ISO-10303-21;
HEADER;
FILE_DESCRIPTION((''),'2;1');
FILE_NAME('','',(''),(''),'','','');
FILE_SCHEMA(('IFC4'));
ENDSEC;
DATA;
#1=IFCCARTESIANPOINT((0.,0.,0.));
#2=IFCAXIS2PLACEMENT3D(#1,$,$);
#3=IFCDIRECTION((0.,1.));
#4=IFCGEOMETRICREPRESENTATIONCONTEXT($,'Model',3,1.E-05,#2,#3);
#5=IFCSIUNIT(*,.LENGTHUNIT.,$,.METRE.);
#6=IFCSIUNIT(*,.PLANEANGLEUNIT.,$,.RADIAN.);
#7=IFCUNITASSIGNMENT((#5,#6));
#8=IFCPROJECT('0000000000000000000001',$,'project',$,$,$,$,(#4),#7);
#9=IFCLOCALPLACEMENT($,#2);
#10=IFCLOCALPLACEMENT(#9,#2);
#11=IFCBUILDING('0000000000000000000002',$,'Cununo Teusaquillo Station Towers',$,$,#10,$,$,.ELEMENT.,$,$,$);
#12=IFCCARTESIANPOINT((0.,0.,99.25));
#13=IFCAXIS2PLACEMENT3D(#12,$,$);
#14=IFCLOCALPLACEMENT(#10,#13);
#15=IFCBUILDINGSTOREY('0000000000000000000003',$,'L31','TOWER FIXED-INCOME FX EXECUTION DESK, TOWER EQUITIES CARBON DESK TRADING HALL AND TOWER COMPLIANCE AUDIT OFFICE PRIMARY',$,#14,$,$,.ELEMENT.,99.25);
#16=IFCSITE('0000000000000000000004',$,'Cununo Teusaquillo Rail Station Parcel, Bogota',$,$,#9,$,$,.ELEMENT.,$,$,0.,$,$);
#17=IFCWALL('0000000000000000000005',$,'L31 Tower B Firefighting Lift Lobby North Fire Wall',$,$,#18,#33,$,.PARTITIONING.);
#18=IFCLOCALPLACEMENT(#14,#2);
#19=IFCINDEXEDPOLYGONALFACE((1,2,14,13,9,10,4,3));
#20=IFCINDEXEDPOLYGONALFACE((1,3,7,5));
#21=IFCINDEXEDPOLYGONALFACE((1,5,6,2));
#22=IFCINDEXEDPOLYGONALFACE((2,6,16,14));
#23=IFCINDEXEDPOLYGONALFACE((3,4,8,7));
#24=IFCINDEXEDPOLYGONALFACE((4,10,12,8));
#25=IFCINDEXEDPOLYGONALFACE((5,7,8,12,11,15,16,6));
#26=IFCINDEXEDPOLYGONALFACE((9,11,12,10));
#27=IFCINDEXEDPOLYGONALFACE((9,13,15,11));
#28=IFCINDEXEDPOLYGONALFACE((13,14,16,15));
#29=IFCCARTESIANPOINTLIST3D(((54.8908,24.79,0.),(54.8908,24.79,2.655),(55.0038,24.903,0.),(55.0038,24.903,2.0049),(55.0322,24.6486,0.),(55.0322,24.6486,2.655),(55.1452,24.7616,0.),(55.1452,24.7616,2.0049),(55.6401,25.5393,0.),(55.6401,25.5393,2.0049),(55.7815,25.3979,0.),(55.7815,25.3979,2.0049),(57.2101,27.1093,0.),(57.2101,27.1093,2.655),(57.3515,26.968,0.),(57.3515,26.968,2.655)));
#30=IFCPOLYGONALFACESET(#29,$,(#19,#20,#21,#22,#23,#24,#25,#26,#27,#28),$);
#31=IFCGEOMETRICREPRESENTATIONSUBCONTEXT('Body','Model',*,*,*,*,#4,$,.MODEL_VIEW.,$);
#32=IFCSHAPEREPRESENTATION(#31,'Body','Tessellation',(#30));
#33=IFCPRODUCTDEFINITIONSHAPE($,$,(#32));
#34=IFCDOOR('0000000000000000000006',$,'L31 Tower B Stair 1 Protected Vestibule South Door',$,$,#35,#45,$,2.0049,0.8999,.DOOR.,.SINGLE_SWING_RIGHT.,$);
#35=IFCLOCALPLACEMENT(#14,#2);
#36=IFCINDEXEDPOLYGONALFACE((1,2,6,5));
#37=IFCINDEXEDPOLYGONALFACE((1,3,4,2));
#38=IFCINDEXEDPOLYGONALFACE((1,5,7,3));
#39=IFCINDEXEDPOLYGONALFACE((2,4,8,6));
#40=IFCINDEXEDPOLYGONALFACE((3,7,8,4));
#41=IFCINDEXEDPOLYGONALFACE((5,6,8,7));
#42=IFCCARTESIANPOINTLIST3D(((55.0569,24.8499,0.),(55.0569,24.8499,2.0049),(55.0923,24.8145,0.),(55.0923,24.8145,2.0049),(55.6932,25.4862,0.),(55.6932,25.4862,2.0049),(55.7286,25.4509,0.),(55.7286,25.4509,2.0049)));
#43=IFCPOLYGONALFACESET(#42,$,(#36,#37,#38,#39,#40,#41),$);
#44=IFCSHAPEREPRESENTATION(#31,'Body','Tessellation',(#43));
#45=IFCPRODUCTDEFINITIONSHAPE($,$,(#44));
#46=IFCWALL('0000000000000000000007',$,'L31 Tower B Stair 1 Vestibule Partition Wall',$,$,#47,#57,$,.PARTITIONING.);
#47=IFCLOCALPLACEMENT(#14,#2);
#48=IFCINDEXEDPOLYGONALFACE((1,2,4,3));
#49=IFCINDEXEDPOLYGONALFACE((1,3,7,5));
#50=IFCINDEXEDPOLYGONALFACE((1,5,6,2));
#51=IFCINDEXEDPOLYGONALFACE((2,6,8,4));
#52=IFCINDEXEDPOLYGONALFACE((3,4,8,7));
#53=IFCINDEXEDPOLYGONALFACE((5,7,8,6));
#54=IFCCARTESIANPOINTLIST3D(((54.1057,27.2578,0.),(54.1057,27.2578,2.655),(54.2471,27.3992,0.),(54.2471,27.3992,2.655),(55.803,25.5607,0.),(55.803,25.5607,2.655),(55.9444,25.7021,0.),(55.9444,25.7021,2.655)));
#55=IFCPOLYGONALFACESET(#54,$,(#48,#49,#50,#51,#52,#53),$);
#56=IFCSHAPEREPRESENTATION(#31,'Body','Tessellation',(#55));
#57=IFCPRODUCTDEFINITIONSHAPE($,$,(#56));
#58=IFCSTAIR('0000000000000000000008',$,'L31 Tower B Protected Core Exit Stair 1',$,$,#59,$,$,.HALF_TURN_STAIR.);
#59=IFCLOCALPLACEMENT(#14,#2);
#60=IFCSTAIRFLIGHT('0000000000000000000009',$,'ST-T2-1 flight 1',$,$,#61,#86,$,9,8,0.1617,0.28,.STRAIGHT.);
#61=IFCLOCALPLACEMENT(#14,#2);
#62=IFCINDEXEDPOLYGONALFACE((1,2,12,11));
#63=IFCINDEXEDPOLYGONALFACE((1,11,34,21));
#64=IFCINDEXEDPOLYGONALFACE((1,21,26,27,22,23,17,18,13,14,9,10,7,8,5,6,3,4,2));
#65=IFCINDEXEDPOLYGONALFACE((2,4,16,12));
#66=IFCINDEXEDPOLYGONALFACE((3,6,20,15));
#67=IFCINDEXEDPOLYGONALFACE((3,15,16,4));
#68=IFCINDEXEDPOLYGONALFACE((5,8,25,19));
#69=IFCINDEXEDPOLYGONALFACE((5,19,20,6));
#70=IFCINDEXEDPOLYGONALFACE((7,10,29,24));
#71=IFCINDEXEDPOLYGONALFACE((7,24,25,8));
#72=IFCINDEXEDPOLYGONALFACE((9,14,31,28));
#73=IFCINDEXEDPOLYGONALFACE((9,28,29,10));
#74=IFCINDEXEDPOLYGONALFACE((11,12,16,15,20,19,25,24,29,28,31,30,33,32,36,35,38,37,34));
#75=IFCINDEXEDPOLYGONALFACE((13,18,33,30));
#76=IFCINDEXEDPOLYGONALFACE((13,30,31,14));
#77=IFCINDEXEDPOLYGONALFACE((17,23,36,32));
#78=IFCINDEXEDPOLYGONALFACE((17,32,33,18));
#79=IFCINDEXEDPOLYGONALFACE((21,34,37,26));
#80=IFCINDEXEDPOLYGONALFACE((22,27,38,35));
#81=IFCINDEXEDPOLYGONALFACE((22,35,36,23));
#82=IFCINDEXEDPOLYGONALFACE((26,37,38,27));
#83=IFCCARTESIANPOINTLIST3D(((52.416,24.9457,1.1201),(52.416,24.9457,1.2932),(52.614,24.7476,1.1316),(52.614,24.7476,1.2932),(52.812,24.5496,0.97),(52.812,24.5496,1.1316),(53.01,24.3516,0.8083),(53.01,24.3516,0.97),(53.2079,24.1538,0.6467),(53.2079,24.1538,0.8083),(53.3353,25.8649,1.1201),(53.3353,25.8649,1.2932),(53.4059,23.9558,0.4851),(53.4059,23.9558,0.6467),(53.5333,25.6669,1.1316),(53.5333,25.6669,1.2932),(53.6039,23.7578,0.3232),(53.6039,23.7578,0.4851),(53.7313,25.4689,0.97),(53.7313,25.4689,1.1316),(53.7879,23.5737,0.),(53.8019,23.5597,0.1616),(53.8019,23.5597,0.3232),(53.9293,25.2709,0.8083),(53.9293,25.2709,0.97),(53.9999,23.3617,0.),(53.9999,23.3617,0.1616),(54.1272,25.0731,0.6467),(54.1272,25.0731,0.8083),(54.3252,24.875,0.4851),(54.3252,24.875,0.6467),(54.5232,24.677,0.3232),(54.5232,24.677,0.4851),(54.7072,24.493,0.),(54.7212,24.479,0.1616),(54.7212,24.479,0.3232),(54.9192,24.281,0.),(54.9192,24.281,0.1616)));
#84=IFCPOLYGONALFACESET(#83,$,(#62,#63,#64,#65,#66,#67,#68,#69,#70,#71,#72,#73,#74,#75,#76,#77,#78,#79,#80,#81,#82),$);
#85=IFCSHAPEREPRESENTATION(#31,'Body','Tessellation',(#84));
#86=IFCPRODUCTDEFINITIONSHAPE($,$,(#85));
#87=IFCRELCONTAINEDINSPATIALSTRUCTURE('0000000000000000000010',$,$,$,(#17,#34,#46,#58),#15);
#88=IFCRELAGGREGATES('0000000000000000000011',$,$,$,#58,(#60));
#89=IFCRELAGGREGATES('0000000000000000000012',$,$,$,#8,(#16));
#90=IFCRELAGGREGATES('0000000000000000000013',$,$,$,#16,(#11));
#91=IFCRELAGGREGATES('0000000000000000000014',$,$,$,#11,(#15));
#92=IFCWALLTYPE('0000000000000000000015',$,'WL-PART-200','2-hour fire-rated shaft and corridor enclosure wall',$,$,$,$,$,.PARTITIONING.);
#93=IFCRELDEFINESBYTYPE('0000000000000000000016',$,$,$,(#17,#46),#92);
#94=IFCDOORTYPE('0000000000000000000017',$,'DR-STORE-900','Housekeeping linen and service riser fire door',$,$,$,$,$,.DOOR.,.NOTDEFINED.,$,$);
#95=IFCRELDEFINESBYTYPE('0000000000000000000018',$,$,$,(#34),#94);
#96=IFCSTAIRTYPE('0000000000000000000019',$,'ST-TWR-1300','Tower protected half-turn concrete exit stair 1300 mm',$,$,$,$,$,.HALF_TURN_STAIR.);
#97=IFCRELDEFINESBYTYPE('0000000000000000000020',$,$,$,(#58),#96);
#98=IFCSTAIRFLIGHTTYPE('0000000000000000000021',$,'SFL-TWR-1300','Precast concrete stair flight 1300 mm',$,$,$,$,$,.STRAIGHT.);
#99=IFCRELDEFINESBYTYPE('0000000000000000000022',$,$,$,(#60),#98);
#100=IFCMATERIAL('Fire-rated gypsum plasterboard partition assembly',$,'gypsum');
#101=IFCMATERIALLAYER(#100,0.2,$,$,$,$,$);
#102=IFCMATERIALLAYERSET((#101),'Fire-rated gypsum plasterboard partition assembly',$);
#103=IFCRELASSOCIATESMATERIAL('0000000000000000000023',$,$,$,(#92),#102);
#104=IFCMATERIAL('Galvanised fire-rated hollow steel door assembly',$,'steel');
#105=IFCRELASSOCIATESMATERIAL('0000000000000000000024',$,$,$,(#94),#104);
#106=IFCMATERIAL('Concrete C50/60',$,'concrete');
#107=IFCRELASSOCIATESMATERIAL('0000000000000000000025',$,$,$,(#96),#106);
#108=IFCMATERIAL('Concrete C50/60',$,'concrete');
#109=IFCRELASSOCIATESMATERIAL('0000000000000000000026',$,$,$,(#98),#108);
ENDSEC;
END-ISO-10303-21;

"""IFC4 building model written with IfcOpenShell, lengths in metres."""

from ifc_helpers import new_model, si_unit, direction, frame, frame_2d, origin, place, context, subcontext, project, spatial, polyline, rectangle, outline, extrude, source, transform, mapped, material, layer, layer_set, type_object, element, fill, aggregate, save


model = new_model("IFC4")

# Units and contexts
model_context = context("Model", 3, precision=1e-05, world=origin(), true_north=direction((0.0, 1.0)))
body_context = subcontext(model_context, "Body", "Model", "MODEL_VIEW")
ifc_project = project(units=[si_unit("LENGTHUNIT", "METRE"), si_unit("PLANEANGLEUNIT", "RADIAN")], contexts=[model_context])

# Site, building, storey
site_placement = place(None, origin())
site = spatial("IfcSite", under=ifc_project, at=site_placement, Name="Cununo Teusaquillo Rail Station Parcel, Bogota", CompositionType="ELEMENT", RefElevation=0.0)
building_placement = place(site_placement, origin())
building = spatial("IfcBuilding", under=site, at=building_placement, Name="Cununo Teusaquillo Station Towers", CompositionType="ELEMENT")
storey_placement = place(building_placement, frame((0.0, 0.0, 99.25)))
storey = spatial("IfcBuildingStorey", under=building, at=storey_placement, Name="L31", Description="TOWER FIXED-INCOME FX EXECUTION DESK, TOWER EQUITIES CARBON DESK TRADING HALL AND TOWER COMPLIANCE AUDIT OFFICE PRIMARY", CompositionType="ELEMENT", Elevation=99.25)

# Wall, opening, door
ifc_material_1 = material(Name="Fire-rated gypsum plasterboard partition assembly", Category="gypsum")
ifc_layer_1 = layer(ifc_material_1, 0.2)
ifc_layer_set_1 = layer_set([ifc_layer_1], Name="Fire-rated gypsum plasterboard partition assembly")
wall_type_1 = type_object("IfcWallType", Name="WL-PART-200", Description="2-hour fire-rated shaft and corridor enclosure wall", PredefinedType="PARTITIONING", material=ifc_layer_set_1)
wall_1_placement = place(storey_placement, frame((54.9614, 24.7192, 0.0), z_axis=(0.0, 0.0, 1.0), x_axis=(0.707107, 0.707107, 0.0)))
wall_1 = element("IfcWall", 1, at=wall_1_placement, inside=storey, type_object=wall_type_1, Name="L31 Tower B Firefighting Lift Lobby North Fire Wall", PredefinedType="PARTITIONING", context=body_context, shape_type="SweptSolid", body=[
    extrude(rectangle(XDim=3.28, YDim=0.2, at=frame_2d((1.6401, 0.0))), origin(), (0.0, 0.0, 1.0), 2.655),
])
shared_shape_1 = source(origin(), body_context, "Body", "SweptSolid", [
    extrude(rectangle(XDim=0.8999, YDim=2.0049, at=frame_2d((0.45, 1.0024))), frame((0.0, 0.1099, 0.0), z_axis=(0.0, -1.0, 0.0), x_axis=(1.0, 0.0, 0.0)), (0.0, 0.0, 1.0), 0.22),
])
opening_1_placement = place(wall_1_placement, frame((0.1599, 0.0, 0.0)))
opening_1 = element("IfcOpeningElement", 2, at=opening_1_placement, cuts=wall_1, PredefinedType="OPENING", context=body_context, shape_type="MappedRepresentation", body=[
    mapped(shared_shape_1, transform((0.0, 0.0, 0.0), x_axis=(1.0, 0.0, 0.0), y_axis=(0.0, 1.0, 0.0), z_axis=(0.0, 0.0, 1.0), scale=1.0)),
])
ifc_material_2 = material(Name="Galvanised fire-rated hollow steel door assembly", Category="steel")
door_type_1 = type_object("IfcDoorType", Name="DR-STORE-900", Description="Housekeeping linen and service riser fire door", OperationType="NOTDEFINED", PredefinedType="DOOR", material=ifc_material_2)
shared_shape_2 = source(origin(), body_context, "Body", "SweptSolid", [
    extrude(rectangle(XDim=0.8999, YDim=2.0049, at=frame_2d((0.45, 1.0024))), frame((0.0, 0.0249, 0.0), z_axis=(0.0, -1.0, 0.0), x_axis=(1.0, 0.0, 0.0)), (0.0, 0.0, 1.0), 0.05),
])
door_1_placement = place(opening_1_placement, origin())
door_1 = element("IfcDoor", 3, at=door_1_placement, inside=storey, type_object=door_type_1, Name="L31 Tower B Stair 1 Protected Vestibule South Door", OperationType="SINGLE_SWING_RIGHT", OverallHeight=2.0049, OverallWidth=0.8999, PredefinedType="DOOR", context=body_context, shape_type="MappedRepresentation", body=[
    mapped(shared_shape_2, transform((0.0, 0.0, 0.0), x_axis=(1.0, 0.0, 0.0), y_axis=(0.0, 1.0, 0.0), z_axis=(0.0, 0.0, 1.0), scale=1.0)),
])
fill(opening_1, door_1)

# Wall
wall_2_placement = place(storey_placement, frame((55.8738, 25.6313, 0.0), z_axis=(0.0, 0.0, 1.0), x_axis=(-0.707158, 0.707056, 0.0)))
element("IfcWall", 4, at=wall_2_placement, inside=storey, type_object=wall_type_1, Name="L31 Tower B Stair 1 Vestibule Partition Wall", PredefinedType="PARTITIONING", context=body_context, shape_type="SweptSolid", body=[
    extrude(rectangle(XDim=2.4001, YDim=0.2, at=frame_2d((1.2002, 0.0))), origin(), (0.0, 0.0, 1.0), 2.655),
])

# Stair, stair flight
ifc_material_3 = material(Name="Concrete C50/60", Category="concrete")
stair_type = type_object("IfcStairType", Name="ST-TWR-1300", Description="Tower protected half-turn concrete exit stair 1300 mm", PredefinedType="HALF_TURN_STAIR", material=ifc_material_3)
stair_placement = place(storey_placement, origin())
stair = element("IfcStair", 5, at=stair_placement, inside=storey, type_object=stair_type, Name="L31 Tower B Protected Core Exit Stair 1", PredefinedType="HALF_TURN_STAIR")
ifc_material_4 = material(Name="Concrete C50/60", Category="concrete")
stair_flight_type = type_object("IfcStairFlightType", Name="SFL-TWR-1300", Description="Precast concrete stair flight 1300 mm", PredefinedType="STRAIGHT", material=ifc_material_4)
stair_flight_placement = place(storey_placement, frame((54.4595, 23.8213, 0.0), z_axis=(0.0, 0.0, 1.0), x_axis=(-0.707107, 0.707107, 0.0)))
stair_flight = element("IfcStairFlight", 6, at=stair_flight_placement, type_object=stair_flight_type, Name="ST-T2-1 flight 1", NumberOfRisers=9, NumberOfTreads=8, PredefinedType="STRAIGHT", RiserHeight=0.1617, TreadLength=0.28, context=body_context, shape_type="SweptSolid", body=[
    extrude(outline(polyline([(0.0, 0.0), (0.0, 0.1616), (0.28, 0.1616), (0.28, 0.3232), (0.5601, 0.3232), (0.5601, 0.4851), (0.8401, 0.4851), (0.8401, 0.6467), (1.1201, 0.6467), (1.1201, 0.8083), (1.3999, 0.8083), (1.3999, 0.97), (1.6799, 0.97), (1.6799, 1.1316), (1.96, 1.1316), (1.96, 1.2932), (2.24, 1.2932), (2.24, 1.4551), (2.24, 1.1201), (0.2998, 0.0), (0.0, 0.0)])), frame((0.0, 0.6499, 0.0), z_axis=(0.0, -1.0, 0.0), x_axis=(1.0, 0.0, 0.0)), (0.0, 0.0, 1.0), 1.3),
])
aggregate(stair, [stair_flight])

save(model, "model.ifc")
